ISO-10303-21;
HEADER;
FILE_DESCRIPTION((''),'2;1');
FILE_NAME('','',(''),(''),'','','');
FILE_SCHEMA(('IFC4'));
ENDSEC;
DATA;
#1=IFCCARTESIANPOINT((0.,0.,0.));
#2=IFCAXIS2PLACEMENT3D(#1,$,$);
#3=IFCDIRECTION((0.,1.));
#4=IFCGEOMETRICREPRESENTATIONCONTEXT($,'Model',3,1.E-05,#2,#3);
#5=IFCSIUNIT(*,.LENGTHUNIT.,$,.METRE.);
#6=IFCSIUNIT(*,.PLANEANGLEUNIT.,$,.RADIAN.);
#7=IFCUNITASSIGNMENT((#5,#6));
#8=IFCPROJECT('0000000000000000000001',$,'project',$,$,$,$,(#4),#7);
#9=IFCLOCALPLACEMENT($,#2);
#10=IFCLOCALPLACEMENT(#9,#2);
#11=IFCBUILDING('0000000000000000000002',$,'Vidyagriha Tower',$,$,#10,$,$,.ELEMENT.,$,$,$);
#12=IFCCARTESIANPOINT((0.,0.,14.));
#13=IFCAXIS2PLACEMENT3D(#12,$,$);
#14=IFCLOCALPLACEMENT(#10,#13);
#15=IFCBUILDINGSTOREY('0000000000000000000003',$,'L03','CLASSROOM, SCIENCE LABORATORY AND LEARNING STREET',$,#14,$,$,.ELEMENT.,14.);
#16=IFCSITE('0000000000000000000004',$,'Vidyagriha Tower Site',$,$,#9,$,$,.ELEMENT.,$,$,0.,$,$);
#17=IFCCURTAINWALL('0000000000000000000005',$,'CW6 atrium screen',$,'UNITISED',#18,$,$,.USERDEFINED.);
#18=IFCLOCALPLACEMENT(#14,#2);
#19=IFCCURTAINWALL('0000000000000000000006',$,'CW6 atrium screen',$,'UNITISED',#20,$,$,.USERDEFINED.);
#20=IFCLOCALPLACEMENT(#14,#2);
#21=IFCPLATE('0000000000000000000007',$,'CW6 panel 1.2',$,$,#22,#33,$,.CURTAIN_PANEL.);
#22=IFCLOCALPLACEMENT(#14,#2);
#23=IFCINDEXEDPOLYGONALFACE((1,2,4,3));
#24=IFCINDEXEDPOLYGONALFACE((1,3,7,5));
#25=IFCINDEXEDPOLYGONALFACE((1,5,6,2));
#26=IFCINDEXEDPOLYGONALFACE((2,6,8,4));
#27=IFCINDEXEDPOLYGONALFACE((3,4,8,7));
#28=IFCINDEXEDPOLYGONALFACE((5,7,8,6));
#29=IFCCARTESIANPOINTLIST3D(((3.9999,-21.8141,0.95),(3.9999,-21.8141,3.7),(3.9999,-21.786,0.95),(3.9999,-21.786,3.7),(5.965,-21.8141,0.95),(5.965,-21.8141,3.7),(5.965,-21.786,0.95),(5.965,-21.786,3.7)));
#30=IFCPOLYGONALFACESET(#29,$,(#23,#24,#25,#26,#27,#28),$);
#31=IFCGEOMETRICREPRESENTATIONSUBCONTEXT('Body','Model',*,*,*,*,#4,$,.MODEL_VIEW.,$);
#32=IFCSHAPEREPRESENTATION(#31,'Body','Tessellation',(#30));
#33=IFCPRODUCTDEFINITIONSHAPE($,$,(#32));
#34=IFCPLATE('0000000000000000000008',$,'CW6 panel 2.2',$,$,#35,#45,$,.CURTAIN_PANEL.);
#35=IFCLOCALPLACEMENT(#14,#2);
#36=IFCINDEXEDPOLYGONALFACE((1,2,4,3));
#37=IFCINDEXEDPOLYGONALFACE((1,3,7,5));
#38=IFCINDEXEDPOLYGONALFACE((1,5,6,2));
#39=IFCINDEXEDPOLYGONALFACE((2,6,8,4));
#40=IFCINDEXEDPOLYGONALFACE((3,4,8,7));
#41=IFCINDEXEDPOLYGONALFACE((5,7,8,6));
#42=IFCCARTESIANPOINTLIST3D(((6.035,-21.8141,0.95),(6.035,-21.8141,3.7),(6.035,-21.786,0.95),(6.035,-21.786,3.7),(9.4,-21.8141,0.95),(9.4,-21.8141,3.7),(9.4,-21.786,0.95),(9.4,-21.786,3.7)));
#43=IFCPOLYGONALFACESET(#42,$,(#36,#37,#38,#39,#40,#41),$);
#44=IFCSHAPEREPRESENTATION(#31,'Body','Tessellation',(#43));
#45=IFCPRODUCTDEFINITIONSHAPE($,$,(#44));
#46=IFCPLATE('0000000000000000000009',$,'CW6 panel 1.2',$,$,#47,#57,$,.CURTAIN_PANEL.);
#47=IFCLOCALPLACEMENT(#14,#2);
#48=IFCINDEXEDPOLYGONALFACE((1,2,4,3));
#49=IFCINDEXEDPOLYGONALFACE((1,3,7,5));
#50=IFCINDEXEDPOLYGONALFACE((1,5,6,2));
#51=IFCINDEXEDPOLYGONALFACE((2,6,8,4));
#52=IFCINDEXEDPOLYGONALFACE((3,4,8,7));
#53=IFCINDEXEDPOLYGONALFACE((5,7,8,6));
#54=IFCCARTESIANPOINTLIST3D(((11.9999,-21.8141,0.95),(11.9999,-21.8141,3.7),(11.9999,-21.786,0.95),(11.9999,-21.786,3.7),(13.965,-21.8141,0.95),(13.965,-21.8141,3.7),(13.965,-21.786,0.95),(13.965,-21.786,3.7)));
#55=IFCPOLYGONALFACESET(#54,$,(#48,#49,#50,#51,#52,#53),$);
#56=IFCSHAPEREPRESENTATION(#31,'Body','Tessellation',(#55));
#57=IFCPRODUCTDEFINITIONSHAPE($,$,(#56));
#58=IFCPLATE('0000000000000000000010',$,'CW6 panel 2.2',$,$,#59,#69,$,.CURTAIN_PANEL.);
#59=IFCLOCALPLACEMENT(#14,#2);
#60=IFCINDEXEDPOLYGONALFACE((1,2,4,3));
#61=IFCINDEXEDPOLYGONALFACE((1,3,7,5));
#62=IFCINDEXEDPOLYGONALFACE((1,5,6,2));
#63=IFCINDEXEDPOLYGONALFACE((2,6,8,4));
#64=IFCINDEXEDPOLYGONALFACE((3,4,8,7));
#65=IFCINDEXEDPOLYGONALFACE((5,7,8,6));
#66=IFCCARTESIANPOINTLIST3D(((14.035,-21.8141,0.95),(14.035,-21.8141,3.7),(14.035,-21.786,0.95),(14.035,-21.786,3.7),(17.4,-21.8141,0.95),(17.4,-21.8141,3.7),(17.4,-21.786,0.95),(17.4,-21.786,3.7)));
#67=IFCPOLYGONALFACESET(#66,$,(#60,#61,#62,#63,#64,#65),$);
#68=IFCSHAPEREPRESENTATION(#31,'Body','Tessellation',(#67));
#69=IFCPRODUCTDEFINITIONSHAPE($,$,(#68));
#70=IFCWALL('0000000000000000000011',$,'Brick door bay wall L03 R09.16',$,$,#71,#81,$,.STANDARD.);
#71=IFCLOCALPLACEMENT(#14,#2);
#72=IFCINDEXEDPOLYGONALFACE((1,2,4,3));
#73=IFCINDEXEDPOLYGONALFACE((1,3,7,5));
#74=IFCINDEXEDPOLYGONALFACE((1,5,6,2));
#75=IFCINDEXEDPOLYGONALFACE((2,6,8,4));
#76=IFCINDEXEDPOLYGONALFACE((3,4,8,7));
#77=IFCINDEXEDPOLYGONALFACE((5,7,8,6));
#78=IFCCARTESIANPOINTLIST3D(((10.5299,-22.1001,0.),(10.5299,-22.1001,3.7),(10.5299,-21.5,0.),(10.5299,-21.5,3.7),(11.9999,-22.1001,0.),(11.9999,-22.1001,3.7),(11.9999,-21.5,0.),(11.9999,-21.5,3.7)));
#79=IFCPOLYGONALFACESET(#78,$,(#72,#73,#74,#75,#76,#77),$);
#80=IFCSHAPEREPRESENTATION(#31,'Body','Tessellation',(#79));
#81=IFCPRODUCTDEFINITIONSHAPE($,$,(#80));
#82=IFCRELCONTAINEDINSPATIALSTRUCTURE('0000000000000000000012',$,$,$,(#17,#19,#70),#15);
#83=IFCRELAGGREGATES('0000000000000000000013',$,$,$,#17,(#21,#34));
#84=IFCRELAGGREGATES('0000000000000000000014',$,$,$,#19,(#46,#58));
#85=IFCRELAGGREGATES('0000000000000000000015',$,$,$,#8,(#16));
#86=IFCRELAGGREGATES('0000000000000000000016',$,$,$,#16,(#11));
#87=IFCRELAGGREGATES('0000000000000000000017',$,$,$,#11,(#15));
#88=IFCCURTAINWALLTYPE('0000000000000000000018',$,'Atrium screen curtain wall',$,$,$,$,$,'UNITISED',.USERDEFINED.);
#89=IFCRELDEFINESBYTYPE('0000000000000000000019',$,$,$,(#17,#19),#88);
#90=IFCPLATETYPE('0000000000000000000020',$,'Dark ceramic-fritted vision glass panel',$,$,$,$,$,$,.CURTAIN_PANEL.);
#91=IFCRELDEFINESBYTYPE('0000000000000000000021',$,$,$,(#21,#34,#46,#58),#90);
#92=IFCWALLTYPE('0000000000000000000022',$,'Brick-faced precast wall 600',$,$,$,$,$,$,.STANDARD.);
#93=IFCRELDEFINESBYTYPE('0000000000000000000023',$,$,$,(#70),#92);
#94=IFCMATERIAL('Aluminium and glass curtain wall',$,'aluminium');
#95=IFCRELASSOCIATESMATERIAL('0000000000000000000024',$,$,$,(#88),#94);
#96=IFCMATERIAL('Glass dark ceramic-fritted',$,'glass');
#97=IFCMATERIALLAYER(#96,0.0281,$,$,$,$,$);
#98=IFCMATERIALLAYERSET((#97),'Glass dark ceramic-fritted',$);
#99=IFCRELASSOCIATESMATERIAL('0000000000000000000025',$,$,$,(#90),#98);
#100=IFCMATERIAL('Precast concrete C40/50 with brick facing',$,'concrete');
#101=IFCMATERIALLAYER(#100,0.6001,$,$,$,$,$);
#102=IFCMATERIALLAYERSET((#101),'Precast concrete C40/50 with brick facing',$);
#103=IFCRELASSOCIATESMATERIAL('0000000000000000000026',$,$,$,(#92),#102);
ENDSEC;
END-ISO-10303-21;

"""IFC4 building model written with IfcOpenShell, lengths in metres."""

from ifc_helpers import new_model, si_unit, direction, frame, frame_2d, origin, origin_2d, place, context, subcontext, project, spatial, rectangle, extrude, material, layer, layer_set, type_object, element, aggregate, save


model = new_model("IFC4")

# Units and contexts
model_context = context("Model", 3, precision=1e-05, world=origin(), true_north=direction((0.0, 1.0)))
body_context = subcontext(model_context, "Body", "Model", "MODEL_VIEW")
ifc_project = project(units=[si_unit("LENGTHUNIT", "METRE"), si_unit("PLANEANGLEUNIT", "RADIAN")], contexts=[model_context])

# Site, building, storey
site_placement = place(None, origin())
site = spatial("IfcSite", under=ifc_project, at=site_placement, Name="Vidyagriha Tower Site", CompositionType="ELEMENT", RefElevation=0.0)
building_placement = place(site_placement, origin())
building = spatial("IfcBuilding", under=site, at=building_placement, Name="Vidyagriha Tower", CompositionType="ELEMENT")
storey_placement = place(building_placement, frame((0.0, 0.0, 14.0)))
storey = spatial("IfcBuildingStorey", under=building, at=storey_placement, Name="L03", Description="CLASSROOM, SCIENCE LABORATORY AND LEARNING STREET", CompositionType="ELEMENT", Elevation=14.0)

# Curtain wall
ifc_material_1 = material(Name="Aluminium and glass curtain wall", Category="aluminium")
curtain_wall_type = type_object("IfcCurtainWallType", Name="Atrium screen curtain wall", ElementType="UNITISED", PredefinedType="USERDEFINED", material=ifc_material_1)
curtain_wall_1_placement = place(storey_placement, origin())
curtain_wall_1 = element("IfcCurtainWall", 1, at=curtain_wall_1_placement, inside=storey, type_object=curtain_wall_type, Name="CW6 atrium screen", ObjectType="UNITISED", PredefinedType="USERDEFINED")

# Curtain wall
curtain_wall_2_placement = place(storey_placement, origin())
curtain_wall_2 = element("IfcCurtainWall", 2, at=curtain_wall_2_placement, inside=storey, type_object=curtain_wall_type, Name="CW6 atrium screen", ObjectType="UNITISED", PredefinedType="USERDEFINED")

# Plates
ifc_material_2 = material(Name="Glass dark ceramic-fritted", Category="glass")
ifc_layer_1 = layer(ifc_material_2, 0.0281)
ifc_layer_set_1 = layer_set([ifc_layer_1], Name="Glass dark ceramic-fritted")
plate_type_1 = type_object("IfcPlateType", Name="Dark ceramic-fritted vision glass panel", PredefinedType="CURTAIN_PANEL", material=ifc_layer_set_1)
plate_1_placement = place(storey_placement, frame((4.9824, -21.8, 0.95)))
plate_1 = element("IfcPlate", 3, at=plate_1_placement, type_object=plate_type_1, Name="CW6 panel 1.2", PredefinedType="CURTAIN_PANEL", context=body_context, shape_type="SweptSolid", body=[
    extrude(rectangle(XDim=1.9651, YDim=0.0281, at=origin_2d()), origin(), (0.0, 0.0, 1.0), 2.75),
])
plate_2_placement = place(storey_placement, frame((7.7175, -21.8, 0.95)))
plate_2 = element("IfcPlate", 4, at=plate_2_placement, type_object=plate_type_1, Name="CW6 panel 2.2", PredefinedType="CURTAIN_PANEL", context=body_context, shape_type="SweptSolid", body=[
    extrude(rectangle(XDim=3.365, YDim=0.0281, at=origin_2d()), origin(), (0.0, 0.0, 1.0), 2.75),
])
aggregate(curtain_wall_1, [plate_1, plate_2])
plate_3_placement = place(storey_placement, frame((12.9824, -21.8, 0.95)))
plate_3 = element("IfcPlate", 5, at=plate_3_placement, type_object=plate_type_1, Name="CW6 panel 1.2", PredefinedType="CURTAIN_PANEL", context=body_context, shape_type="SweptSolid", body=[
    extrude(rectangle(XDim=1.9651, YDim=0.0281, at=origin_2d()), origin(), (0.0, 0.0, 1.0), 2.75),
])
plate_4_placement = place(storey_placement, frame((15.7175, -21.8, 0.95)))
plate_4 = element("IfcPlate", 6, at=plate_4_placement, type_object=plate_type_1, Name="CW6 panel 2.2", PredefinedType="CURTAIN_PANEL", context=body_context, shape_type="SweptSolid", body=[
    extrude(rectangle(XDim=3.365, YDim=0.0281, at=origin_2d()), origin(), (0.0, 0.0, 1.0), 2.75),
])
aggregate(curtain_wall_2, [plate_3, plate_4])

# Wall
ifc_material_3 = material(Name="Precast concrete C40/50 with brick facing", Category="concrete")
ifc_layer_2 = layer(ifc_material_3, 0.6001)
ifc_layer_set_2 = layer_set([ifc_layer_2], Name="Precast concrete C40/50 with brick facing")
wall_type = type_object("IfcWallType", Name="Brick-faced precast wall 600", PredefinedType="STANDARD", material=ifc_layer_set_2)
wall_placement = place(storey_placement, frame((10.53, -21.8, 0.0)))
element("IfcWall", 7, at=wall_placement, inside=storey, type_object=wall_type, Name="Brick door bay wall L03 R09.16", PredefinedType="STANDARD", context=body_context, shape_type="SweptSolid", body=[
    extrude(rectangle(XDim=1.47, YDim=0.6001, at=frame_2d((0.7349, 0.0))), origin(), (0.0, 0.0, 1.0), 3.7),
])

save(model, "model.ifc")
